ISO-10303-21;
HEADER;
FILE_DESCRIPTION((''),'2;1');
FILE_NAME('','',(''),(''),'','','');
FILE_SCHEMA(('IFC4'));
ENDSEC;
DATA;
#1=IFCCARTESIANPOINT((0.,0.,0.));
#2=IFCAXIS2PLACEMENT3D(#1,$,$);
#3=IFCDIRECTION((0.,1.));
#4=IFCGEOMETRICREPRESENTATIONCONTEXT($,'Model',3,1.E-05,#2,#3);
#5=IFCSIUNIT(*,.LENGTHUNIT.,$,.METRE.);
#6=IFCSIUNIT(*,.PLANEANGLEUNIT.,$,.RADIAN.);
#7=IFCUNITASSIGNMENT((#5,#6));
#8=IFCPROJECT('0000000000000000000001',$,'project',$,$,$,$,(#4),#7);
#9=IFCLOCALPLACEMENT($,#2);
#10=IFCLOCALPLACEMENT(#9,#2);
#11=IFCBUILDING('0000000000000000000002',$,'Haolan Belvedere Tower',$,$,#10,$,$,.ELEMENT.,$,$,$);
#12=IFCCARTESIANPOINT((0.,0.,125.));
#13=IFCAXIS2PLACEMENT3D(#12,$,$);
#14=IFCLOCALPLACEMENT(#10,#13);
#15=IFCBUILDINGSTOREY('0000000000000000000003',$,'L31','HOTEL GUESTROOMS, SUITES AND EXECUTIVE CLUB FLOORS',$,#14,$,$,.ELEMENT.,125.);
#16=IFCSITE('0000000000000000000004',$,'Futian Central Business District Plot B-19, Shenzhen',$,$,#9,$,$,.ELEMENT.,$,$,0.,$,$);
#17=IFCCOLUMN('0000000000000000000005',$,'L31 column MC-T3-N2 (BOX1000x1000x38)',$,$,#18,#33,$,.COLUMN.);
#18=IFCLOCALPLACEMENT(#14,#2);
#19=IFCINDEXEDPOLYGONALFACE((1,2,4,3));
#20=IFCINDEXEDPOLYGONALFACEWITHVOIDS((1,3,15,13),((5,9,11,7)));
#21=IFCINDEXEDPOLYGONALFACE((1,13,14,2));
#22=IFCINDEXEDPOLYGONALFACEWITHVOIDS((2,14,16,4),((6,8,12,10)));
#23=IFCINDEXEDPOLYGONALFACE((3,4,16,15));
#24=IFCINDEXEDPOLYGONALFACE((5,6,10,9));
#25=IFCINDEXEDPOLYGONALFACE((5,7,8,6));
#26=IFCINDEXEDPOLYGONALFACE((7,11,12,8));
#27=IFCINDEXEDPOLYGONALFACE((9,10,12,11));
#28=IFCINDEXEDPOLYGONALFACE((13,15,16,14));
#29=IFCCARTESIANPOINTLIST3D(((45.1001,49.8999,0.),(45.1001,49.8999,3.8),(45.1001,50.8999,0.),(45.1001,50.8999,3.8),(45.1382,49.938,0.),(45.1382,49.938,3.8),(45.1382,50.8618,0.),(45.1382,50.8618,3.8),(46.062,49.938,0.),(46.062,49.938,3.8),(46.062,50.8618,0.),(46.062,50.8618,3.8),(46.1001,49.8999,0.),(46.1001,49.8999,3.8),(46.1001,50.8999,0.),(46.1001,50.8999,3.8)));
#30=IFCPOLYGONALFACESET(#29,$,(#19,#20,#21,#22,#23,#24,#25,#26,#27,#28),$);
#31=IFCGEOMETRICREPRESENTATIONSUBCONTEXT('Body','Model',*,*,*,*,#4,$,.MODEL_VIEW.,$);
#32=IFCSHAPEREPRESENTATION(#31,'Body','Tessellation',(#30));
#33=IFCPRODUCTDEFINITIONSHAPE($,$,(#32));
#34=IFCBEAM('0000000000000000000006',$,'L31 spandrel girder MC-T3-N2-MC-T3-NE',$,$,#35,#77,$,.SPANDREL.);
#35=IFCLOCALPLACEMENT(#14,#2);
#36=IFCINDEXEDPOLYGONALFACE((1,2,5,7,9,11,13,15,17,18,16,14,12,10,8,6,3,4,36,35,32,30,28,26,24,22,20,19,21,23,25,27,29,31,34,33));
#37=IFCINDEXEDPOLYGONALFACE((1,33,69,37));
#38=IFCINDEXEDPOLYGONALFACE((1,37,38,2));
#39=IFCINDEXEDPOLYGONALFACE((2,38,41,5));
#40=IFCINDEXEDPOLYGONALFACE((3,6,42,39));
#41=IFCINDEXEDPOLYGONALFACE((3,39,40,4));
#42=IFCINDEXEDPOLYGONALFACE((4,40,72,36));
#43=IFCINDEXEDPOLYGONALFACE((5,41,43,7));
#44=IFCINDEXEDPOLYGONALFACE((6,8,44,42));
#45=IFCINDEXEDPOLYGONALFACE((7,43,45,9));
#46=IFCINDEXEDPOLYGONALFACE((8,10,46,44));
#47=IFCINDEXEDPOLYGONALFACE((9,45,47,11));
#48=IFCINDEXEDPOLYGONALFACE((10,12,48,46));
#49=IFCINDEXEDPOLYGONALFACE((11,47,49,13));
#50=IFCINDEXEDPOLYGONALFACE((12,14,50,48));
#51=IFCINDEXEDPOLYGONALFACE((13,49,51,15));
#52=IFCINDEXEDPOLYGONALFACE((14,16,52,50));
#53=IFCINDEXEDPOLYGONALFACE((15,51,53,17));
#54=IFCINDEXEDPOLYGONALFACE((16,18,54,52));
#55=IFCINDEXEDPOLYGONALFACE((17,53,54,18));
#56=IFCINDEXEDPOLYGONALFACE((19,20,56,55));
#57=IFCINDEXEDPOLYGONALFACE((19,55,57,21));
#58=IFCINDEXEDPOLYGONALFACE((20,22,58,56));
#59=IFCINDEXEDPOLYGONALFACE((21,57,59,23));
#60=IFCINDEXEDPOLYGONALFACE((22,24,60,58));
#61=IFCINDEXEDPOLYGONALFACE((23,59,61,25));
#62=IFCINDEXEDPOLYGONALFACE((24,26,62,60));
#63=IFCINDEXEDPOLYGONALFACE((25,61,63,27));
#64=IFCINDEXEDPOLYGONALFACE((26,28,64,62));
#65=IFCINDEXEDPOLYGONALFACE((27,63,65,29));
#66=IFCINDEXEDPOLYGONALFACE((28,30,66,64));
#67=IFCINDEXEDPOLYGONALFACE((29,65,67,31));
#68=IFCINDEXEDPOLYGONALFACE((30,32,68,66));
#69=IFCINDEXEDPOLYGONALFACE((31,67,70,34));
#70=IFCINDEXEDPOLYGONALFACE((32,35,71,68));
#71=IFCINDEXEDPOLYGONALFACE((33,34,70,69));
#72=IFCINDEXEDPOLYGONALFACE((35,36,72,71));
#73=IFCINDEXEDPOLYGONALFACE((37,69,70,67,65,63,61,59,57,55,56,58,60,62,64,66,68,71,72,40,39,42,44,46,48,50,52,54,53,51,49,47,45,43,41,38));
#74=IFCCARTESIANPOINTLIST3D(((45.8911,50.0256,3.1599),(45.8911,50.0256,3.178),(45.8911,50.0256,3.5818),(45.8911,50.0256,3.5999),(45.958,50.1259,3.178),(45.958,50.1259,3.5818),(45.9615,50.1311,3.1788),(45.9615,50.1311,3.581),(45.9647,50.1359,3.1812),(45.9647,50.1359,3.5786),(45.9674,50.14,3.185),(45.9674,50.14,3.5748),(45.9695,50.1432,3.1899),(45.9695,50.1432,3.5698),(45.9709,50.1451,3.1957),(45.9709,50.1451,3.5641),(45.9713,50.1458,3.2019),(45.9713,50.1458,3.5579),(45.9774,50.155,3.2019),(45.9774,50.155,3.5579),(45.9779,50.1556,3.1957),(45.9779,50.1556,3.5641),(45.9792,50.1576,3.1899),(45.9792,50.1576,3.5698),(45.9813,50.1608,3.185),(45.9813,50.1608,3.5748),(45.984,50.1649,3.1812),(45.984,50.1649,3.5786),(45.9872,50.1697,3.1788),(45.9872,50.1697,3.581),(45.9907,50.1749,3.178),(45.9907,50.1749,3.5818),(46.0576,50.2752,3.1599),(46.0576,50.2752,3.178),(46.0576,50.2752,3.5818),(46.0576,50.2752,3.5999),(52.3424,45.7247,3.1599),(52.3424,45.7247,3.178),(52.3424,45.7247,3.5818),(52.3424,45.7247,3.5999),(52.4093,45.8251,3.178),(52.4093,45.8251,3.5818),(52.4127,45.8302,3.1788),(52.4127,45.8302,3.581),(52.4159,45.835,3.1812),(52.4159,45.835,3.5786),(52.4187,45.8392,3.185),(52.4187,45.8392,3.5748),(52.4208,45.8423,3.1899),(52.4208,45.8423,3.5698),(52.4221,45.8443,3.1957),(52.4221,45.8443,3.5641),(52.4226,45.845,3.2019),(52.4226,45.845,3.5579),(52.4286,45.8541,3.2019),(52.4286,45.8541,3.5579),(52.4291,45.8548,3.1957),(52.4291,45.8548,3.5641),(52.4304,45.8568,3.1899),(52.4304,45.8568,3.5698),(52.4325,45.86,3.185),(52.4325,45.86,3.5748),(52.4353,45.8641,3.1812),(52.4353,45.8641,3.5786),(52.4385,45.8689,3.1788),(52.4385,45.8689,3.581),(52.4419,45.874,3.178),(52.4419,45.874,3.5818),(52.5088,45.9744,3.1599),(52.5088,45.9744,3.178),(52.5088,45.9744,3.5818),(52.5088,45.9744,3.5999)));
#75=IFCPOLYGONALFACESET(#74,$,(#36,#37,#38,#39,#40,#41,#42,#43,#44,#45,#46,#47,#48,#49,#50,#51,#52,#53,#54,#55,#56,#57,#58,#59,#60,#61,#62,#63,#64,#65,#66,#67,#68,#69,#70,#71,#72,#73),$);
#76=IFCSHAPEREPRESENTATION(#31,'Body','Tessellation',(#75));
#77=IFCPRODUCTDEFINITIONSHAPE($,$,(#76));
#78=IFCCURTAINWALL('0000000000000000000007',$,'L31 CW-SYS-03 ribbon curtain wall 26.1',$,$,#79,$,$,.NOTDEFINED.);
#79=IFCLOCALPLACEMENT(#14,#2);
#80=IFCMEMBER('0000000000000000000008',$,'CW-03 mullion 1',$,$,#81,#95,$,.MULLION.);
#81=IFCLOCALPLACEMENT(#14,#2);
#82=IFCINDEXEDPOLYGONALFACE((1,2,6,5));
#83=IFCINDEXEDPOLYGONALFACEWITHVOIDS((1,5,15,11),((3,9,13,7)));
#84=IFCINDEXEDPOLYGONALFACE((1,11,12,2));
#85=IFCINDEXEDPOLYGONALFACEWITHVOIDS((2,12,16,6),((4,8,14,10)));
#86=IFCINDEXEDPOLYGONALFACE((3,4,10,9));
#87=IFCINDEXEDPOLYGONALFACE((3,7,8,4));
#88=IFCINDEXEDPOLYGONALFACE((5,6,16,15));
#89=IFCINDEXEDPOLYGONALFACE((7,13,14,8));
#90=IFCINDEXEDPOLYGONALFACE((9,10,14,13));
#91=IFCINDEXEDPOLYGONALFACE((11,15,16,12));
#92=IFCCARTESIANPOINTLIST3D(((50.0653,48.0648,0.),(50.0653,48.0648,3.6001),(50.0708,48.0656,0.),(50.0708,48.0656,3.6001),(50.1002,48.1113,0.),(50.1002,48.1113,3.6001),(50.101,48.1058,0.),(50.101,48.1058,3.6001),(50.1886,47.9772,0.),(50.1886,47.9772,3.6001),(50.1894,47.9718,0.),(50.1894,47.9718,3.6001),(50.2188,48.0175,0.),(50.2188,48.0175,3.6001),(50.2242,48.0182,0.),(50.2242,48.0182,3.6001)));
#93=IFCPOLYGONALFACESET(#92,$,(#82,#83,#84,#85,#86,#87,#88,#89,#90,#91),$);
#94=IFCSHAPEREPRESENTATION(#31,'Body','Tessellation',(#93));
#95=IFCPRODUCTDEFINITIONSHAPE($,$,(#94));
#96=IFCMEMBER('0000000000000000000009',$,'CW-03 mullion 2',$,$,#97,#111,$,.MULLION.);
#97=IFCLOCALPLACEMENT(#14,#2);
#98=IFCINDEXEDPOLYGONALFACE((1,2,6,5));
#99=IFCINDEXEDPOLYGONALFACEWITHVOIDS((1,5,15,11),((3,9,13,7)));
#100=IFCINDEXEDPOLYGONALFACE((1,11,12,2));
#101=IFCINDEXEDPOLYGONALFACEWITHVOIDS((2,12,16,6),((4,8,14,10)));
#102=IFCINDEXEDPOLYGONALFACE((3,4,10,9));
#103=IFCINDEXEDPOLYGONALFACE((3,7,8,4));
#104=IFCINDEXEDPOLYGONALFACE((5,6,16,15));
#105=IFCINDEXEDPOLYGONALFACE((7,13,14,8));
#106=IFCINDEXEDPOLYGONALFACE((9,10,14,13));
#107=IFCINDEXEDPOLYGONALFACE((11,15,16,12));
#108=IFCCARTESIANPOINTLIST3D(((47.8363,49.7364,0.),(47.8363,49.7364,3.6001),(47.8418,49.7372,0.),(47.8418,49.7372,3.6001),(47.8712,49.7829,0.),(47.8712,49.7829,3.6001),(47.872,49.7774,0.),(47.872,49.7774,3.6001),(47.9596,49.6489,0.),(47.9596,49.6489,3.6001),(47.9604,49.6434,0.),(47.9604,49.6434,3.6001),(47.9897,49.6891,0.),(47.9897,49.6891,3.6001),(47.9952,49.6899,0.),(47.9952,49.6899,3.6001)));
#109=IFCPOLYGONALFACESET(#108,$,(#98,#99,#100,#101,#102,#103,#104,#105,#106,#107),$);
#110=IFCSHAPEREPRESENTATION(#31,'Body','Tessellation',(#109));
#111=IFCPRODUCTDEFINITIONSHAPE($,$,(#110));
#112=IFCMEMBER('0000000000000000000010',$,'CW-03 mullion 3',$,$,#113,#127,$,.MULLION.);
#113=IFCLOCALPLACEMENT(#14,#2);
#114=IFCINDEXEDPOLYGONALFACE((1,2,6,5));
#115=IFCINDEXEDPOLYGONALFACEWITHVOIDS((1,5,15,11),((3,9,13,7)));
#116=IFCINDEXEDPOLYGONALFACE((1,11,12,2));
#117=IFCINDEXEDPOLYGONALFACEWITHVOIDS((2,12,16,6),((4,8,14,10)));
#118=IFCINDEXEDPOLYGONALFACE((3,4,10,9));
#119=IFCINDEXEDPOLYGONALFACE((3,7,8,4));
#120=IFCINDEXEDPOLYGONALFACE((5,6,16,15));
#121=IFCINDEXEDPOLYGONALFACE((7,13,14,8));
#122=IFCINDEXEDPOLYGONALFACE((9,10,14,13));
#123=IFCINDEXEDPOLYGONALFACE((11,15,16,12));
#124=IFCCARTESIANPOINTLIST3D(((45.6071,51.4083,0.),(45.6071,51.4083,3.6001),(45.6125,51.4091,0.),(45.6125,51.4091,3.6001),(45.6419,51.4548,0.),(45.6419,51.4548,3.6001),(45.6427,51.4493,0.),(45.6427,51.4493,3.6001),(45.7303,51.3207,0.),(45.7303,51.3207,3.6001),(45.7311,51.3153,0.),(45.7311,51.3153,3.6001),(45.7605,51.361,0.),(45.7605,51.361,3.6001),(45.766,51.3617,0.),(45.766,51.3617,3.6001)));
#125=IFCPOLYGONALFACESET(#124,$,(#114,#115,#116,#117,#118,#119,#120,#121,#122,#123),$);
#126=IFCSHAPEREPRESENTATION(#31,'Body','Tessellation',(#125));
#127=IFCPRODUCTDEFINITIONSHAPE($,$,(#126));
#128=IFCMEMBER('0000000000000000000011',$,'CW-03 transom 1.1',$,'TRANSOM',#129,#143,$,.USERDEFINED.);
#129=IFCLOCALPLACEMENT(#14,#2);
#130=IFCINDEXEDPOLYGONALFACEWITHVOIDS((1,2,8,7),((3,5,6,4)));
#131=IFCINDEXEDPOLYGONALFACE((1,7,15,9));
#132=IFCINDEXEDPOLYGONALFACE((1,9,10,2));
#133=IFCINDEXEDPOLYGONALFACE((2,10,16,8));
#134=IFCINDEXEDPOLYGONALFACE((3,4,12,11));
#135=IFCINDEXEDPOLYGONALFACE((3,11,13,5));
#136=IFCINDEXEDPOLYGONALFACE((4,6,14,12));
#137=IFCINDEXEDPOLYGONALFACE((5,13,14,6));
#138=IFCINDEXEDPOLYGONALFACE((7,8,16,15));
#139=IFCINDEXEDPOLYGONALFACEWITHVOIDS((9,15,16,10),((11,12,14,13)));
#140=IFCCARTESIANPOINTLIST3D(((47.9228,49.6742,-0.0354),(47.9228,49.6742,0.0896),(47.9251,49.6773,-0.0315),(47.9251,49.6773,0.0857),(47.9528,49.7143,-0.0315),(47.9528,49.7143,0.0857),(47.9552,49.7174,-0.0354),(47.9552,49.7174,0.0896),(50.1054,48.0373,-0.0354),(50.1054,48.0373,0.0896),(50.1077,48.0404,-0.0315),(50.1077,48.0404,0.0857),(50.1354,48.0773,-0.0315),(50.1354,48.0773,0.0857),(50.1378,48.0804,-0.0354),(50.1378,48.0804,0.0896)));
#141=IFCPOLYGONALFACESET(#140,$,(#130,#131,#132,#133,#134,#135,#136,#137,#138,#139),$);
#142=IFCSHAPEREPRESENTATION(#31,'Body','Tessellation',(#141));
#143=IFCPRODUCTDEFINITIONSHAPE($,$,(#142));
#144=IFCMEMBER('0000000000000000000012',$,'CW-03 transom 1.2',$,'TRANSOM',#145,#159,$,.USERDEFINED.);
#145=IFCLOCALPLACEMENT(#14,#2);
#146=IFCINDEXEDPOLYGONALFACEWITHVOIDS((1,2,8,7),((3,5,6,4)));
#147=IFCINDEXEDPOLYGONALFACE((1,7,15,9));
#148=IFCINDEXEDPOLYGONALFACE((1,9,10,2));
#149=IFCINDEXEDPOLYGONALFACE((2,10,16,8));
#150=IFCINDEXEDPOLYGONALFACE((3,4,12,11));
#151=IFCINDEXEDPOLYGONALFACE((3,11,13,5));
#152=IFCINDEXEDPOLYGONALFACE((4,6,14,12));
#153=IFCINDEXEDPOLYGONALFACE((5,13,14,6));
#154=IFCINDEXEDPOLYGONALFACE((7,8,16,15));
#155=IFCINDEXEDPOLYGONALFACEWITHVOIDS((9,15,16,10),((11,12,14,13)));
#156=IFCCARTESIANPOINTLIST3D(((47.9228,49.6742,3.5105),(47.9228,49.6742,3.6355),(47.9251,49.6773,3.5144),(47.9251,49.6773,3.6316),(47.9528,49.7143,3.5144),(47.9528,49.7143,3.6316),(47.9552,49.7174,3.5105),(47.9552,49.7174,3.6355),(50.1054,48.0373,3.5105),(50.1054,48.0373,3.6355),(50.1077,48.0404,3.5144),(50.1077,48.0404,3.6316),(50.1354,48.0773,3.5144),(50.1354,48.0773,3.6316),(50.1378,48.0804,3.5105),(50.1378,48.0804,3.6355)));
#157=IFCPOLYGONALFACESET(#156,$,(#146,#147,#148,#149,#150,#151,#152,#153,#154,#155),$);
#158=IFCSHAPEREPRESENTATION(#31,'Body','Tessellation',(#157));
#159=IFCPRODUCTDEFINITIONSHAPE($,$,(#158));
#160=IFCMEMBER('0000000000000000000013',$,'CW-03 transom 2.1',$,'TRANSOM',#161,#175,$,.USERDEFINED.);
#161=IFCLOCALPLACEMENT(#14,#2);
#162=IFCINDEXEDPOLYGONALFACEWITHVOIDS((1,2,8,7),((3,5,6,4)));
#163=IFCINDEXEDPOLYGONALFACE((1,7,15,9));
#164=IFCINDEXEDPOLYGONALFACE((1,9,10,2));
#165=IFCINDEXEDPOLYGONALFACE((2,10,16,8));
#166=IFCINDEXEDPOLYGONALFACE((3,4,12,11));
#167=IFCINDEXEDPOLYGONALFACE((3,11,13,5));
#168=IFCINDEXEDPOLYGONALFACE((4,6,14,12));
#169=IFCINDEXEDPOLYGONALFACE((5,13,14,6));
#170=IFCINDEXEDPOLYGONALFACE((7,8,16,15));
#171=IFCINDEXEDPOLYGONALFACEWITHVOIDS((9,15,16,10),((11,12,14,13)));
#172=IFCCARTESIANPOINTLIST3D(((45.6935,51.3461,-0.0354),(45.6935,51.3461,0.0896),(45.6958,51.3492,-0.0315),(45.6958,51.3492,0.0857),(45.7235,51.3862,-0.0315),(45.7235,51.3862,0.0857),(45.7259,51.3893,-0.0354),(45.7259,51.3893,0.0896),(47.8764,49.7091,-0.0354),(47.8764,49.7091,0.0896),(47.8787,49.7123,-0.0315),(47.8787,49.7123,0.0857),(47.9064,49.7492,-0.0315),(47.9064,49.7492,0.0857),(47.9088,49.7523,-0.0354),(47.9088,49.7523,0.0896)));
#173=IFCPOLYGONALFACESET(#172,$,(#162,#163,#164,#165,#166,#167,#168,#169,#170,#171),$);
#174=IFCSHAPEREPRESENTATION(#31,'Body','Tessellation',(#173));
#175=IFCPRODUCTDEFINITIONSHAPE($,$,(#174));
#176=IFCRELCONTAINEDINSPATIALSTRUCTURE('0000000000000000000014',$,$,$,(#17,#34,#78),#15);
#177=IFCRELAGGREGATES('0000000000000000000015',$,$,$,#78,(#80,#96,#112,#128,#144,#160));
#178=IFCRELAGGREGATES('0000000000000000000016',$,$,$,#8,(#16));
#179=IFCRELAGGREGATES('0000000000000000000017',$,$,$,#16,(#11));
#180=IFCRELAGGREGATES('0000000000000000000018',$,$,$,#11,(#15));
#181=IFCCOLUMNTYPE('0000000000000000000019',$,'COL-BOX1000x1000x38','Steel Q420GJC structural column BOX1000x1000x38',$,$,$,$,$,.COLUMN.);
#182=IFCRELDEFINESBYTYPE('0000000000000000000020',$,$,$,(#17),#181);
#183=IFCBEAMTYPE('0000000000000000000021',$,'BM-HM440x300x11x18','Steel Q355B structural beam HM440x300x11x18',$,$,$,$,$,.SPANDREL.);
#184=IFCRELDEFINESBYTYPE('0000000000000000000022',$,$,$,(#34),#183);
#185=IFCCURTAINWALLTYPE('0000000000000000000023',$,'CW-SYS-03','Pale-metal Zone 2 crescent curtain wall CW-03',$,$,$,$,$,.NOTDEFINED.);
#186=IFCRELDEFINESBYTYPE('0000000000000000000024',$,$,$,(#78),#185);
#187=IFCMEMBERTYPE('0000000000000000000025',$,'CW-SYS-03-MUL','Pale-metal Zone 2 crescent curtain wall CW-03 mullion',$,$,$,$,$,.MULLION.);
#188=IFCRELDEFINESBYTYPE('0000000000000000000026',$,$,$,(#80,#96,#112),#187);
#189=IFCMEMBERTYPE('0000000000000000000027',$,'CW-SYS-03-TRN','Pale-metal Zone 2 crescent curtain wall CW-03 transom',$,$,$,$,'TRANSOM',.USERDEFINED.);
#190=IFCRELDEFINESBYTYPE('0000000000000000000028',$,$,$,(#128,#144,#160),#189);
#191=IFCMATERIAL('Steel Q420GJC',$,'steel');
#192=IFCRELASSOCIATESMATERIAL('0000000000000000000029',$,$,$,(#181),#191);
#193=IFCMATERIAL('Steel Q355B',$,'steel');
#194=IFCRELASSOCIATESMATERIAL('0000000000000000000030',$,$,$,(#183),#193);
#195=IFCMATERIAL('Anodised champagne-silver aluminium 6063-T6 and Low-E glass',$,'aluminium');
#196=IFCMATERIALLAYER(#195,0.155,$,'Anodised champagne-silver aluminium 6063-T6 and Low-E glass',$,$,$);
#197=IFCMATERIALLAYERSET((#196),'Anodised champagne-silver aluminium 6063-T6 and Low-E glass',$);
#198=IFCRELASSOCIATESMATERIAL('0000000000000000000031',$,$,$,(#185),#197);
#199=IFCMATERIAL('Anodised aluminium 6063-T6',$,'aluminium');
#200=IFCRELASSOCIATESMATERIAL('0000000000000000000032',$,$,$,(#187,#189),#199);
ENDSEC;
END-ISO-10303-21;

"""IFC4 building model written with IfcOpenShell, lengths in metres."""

from ifc_helpers import new_model, si_unit, direction, frame, origin, origin_2d, place, context, subcontext, project, spatial, hollow_rectangle, i_section, extrude, material, layer, layer_set, material_profile, profile_set, type_object, element, aggregate, save


model = new_model("IFC4")

# Units and contexts
model_context = context("Model", 3, precision=1e-05, world=origin(), true_north=direction((0.0, 1.0)))
body_context = subcontext(model_context, "Body", "Model", "MODEL_VIEW")
ifc_project = project(units=[si_unit("LENGTHUNIT", "METRE"), si_unit("PLANEANGLEUNIT", "RADIAN")], contexts=[model_context])

# Site, building, storey
site_placement = place(None, origin())
site = spatial("IfcSite", under=ifc_project, at=site_placement, Name="Futian Central Business District Plot B-19, Shenzhen", CompositionType="ELEMENT", RefElevation=0.0)
building_placement = place(site_placement, origin())
building = spatial("IfcBuilding", under=site, at=building_placement, Name="Haolan Belvedere Tower", CompositionType="ELEMENT")
storey_placement = place(building_placement, frame((0.0, 0.0, 125.0)))
storey = spatial("IfcBuildingStorey", under=building, at=storey_placement, Name="L31", Description="HOTEL GUESTROOMS, SUITES AND EXECUTIVE CLUB FLOORS", CompositionType="ELEMENT", Elevation=125.0)

# Column
ifc_material_1 = material(Name="Steel Q420GJC", Category="steel")
ifc_material_profile_1 = material_profile(ifc_material_1, hollow_rectangle(XDim=1.0, YDim=1.0, WallThickness=0.0381, at=origin_2d()), Name="Steel Q420GJC")
ifc_profile_set_1 = profile_set([ifc_material_profile_1], Name="Steel Q420GJC")
column_type = type_object("IfcColumnType", Name="COL-BOX1000x1000x38", Description="Steel Q420GJC structural column BOX1000x1000x38", PredefinedType="COLUMN", material=ifc_profile_set_1)
column_placement = place(storey_placement, frame((45.6001, 50.3999, 0.0), z_axis=(0.0, 0.0, 1.0), x_axis=(1.0, 0.0, 0.0)))
element("IfcColumn", 1, at=column_placement, inside=storey, type_object=column_type, Name="L31 column MC-T3-N2 (BOX1000x1000x38)", PredefinedType="COLUMN", context=body_context, shape_type="SweptSolid", body=[
    extrude(hollow_rectangle(XDim=1.0, YDim=1.0, WallThickness=0.0381, at=origin_2d()), origin(), (0.0, 0.0, 1.0), 3.8),
])

# Beam
ifc_material_2 = material(Name="Steel Q355B", Category="steel")
ifc_material_profile_2 = material_profile(ifc_material_2, i_section(OverallWidth=0.3, OverallDepth=0.4399, WebThickness=0.011, FlangeThickness=0.0181, FilletRadius=0.0239, at=origin_2d()), Name="Steel Q355B")
ifc_profile_set_2 = profile_set([ifc_material_profile_2], Name="Steel Q355B")
beam_type = type_object("IfcBeamType", Name="BM-HM440x300x11x18", Description="Steel Q355B structural beam HM440x300x11x18", PredefinedType="SPANDREL", material=ifc_profile_set_2)
beam_placement = place(storey_placement, frame((45.9744, 50.1504, 3.3799), z_axis=(0.83205, -0.5547, 0.0), x_axis=(0.5547, 0.83205, 0.0)))
element("IfcBeam", 2, at=beam_placement, inside=storey, type_object=beam_type, Name="L31 spandrel girder MC-T3-N2-MC-T3-NE", PredefinedType="SPANDREL", context=body_context, shape_type="SweptSolid", body=[
    extrude(i_section(OverallWidth=0.3, OverallDepth=0.4399, WebThickness=0.011, FlangeThickness=0.0181, FilletRadius=0.0239, at=origin_2d()), origin(), (0.0, 0.0, 1.0), 7.7534),
])

# Curtain wall, members
ifc_material_3 = material(Name="Anodised champagne-silver aluminium 6063-T6 and Low-E glass", Category="aluminium")
ifc_layer_1 = layer(ifc_material_3, 0.155, Name="Anodised champagne-silver aluminium 6063-T6 and Low-E glass")
ifc_layer_set_1 = layer_set([ifc_layer_1], Name="Anodised champagne-silver aluminium 6063-T6 and Low-E glass")
curtain_wall_type = type_object("IfcCurtainWallType", Name="CW-SYS-03", Description="Pale-metal Zone 2 crescent curtain wall CW-03", PredefinedType="NOTDEFINED", material=ifc_layer_set_1)
curtain_wall_placement = place(storey_placement, origin())
curtain_wall = element("IfcCurtainWall", 3, at=curtain_wall_placement, inside=storey, type_object=curtain_wall_type, Name="L31 CW-SYS-03 ribbon curtain wall 26.1", PredefinedType="NOTDEFINED")
ifc_material_4 = material(Name="Anodised aluminium 6063-T6", Category="aluminium")
ifc_material_profile_3 = material_profile(ifc_material_4, hollow_rectangle(XDim=0.0581, YDim=0.155, WallThickness=0.0039, at=origin_2d()), Name="Anodised aluminium 6063-T6")
ifc_profile_set_3 = profile_set([ifc_material_profile_3], Name="Anodised aluminium 6063-T6")
member_type_1 = type_object("IfcMemberType", Name="CW-SYS-03-MUL", Description="Pale-metal Zone 2 crescent curtain wall CW-03 mullion", PredefinedType="MULLION", material=ifc_profile_set_3)
member_1_placement = place(storey_placement, frame((50.1448, 48.0415, 0.0), z_axis=(0.0, 0.0, 1.0), x_axis=(-0.599994, -0.800004, 0.0)))
member_1 = element("IfcMember", 4, at=member_1_placement, type_object=member_type_1, Name="CW-03 mullion 1", PredefinedType="MULLION", context=body_context, shape_type="SweptSolid", body=[
    extrude(hollow_rectangle(XDim=0.0581, YDim=0.155, WallThickness=0.0039, at=origin_2d()), origin(), (0.0, 0.0, 1.0), 3.6001),
])
member_2_placement = place(storey_placement, frame((47.9158, 49.7131, 0.0), z_axis=(0.0, 0.0, 1.0), x_axis=(-0.599994, -0.800004, 0.0)))
member_2 = element("IfcMember", 5, at=member_2_placement, type_object=member_type_1, Name="CW-03 mullion 2", PredefinedType="MULLION", context=body_context, shape_type="SweptSolid", body=[
    extrude(hollow_rectangle(XDim=0.0581, YDim=0.155, WallThickness=0.0039, at=origin_2d()), origin(), (0.0, 0.0, 1.0), 3.6001),
])
member_3_placement = place(storey_placement, frame((45.6865, 51.385, 0.0), z_axis=(0.0, 0.0, 1.0), x_axis=(-0.599994, -0.800004, 0.0)))
member_3 = element("IfcMember", 6, at=member_3_placement, type_object=member_type_1, Name="CW-03 mullion 3", PredefinedType="MULLION", context=body_context, shape_type="SweptSolid", body=[
    extrude(hollow_rectangle(XDim=0.0581, YDim=0.155, WallThickness=0.0039, at=origin_2d()), origin(), (0.0, 0.0, 1.0), 3.6001),
])
ifc_material_profile_4 = material_profile(ifc_material_4, hollow_rectangle(XDim=0.054, YDim=0.125, WallThickness=0.0039, at=origin_2d()), Name="Anodised aluminium 6063-T6")
ifc_profile_set_4 = profile_set([ifc_material_profile_4], Name="Anodised aluminium 6063-T6")
member_type_2 = type_object("IfcMemberType", Name="CW-SYS-03-TRN", Description="Pale-metal Zone 2 crescent curtain wall CW-03 transom", ElementType="TRANSOM", PredefinedType="USERDEFINED", material=ifc_profile_set_4)
member_4_placement = place(storey_placement, frame((50.1216, 48.0588, 0.0271), z_axis=(-0.8, 0.6, 0.0), x_axis=(-0.6, -0.8, 0.0)))
member_4 = element("IfcMember", 7, at=member_4_placement, type_object=member_type_2, Name="CW-03 transom 1.1", ObjectType="TRANSOM", PredefinedType="USERDEFINED", context=body_context, shape_type="SweptSolid", body=[
    extrude(hollow_rectangle(XDim=0.054, YDim=0.125, WallThickness=0.0039, at=origin_2d()), origin(), (0.0, 0.0, 1.0), 2.7283),
])
member_5_placement = place(storey_placement, frame((50.1216, 48.0588, 3.573), z_axis=(-0.8, 0.6, 0.0), x_axis=(-0.6, -0.8, 0.0)))
member_5 = element("IfcMember", 8, at=member_5_placement, type_object=member_type_2, Name="CW-03 transom 1.2", ObjectType="TRANSOM", PredefinedType="USERDEFINED", context=body_context, shape_type="SweptSolid", body=[
    extrude(hollow_rectangle(XDim=0.054, YDim=0.125, WallThickness=0.0039, at=origin_2d()), origin(), (0.0, 0.0, 1.0), 2.7283),
])
member_6_placement = place(storey_placement, frame((47.8926, 49.7307, 0.0271), z_axis=(-0.800032, 0.599957, 0.0), x_axis=(-0.599957, -0.800032, 0.0)))
member_6 = element("IfcMember", 9, at=member_6_placement, type_object=member_type_2, Name="CW-03 transom 2.1", ObjectType="TRANSOM", PredefinedType="USERDEFINED", context=body_context, shape_type="SweptSolid", body=[
    extrude(hollow_rectangle(XDim=0.054, YDim=0.125, WallThickness=0.0039, at=origin_2d()), origin(), (0.0, 0.0, 1.0), 2.7285),
])
aggregate(curtain_wall, [member_1, member_2, member_3, member_4, member_5, member_6])

save(model, "model.ifc")
